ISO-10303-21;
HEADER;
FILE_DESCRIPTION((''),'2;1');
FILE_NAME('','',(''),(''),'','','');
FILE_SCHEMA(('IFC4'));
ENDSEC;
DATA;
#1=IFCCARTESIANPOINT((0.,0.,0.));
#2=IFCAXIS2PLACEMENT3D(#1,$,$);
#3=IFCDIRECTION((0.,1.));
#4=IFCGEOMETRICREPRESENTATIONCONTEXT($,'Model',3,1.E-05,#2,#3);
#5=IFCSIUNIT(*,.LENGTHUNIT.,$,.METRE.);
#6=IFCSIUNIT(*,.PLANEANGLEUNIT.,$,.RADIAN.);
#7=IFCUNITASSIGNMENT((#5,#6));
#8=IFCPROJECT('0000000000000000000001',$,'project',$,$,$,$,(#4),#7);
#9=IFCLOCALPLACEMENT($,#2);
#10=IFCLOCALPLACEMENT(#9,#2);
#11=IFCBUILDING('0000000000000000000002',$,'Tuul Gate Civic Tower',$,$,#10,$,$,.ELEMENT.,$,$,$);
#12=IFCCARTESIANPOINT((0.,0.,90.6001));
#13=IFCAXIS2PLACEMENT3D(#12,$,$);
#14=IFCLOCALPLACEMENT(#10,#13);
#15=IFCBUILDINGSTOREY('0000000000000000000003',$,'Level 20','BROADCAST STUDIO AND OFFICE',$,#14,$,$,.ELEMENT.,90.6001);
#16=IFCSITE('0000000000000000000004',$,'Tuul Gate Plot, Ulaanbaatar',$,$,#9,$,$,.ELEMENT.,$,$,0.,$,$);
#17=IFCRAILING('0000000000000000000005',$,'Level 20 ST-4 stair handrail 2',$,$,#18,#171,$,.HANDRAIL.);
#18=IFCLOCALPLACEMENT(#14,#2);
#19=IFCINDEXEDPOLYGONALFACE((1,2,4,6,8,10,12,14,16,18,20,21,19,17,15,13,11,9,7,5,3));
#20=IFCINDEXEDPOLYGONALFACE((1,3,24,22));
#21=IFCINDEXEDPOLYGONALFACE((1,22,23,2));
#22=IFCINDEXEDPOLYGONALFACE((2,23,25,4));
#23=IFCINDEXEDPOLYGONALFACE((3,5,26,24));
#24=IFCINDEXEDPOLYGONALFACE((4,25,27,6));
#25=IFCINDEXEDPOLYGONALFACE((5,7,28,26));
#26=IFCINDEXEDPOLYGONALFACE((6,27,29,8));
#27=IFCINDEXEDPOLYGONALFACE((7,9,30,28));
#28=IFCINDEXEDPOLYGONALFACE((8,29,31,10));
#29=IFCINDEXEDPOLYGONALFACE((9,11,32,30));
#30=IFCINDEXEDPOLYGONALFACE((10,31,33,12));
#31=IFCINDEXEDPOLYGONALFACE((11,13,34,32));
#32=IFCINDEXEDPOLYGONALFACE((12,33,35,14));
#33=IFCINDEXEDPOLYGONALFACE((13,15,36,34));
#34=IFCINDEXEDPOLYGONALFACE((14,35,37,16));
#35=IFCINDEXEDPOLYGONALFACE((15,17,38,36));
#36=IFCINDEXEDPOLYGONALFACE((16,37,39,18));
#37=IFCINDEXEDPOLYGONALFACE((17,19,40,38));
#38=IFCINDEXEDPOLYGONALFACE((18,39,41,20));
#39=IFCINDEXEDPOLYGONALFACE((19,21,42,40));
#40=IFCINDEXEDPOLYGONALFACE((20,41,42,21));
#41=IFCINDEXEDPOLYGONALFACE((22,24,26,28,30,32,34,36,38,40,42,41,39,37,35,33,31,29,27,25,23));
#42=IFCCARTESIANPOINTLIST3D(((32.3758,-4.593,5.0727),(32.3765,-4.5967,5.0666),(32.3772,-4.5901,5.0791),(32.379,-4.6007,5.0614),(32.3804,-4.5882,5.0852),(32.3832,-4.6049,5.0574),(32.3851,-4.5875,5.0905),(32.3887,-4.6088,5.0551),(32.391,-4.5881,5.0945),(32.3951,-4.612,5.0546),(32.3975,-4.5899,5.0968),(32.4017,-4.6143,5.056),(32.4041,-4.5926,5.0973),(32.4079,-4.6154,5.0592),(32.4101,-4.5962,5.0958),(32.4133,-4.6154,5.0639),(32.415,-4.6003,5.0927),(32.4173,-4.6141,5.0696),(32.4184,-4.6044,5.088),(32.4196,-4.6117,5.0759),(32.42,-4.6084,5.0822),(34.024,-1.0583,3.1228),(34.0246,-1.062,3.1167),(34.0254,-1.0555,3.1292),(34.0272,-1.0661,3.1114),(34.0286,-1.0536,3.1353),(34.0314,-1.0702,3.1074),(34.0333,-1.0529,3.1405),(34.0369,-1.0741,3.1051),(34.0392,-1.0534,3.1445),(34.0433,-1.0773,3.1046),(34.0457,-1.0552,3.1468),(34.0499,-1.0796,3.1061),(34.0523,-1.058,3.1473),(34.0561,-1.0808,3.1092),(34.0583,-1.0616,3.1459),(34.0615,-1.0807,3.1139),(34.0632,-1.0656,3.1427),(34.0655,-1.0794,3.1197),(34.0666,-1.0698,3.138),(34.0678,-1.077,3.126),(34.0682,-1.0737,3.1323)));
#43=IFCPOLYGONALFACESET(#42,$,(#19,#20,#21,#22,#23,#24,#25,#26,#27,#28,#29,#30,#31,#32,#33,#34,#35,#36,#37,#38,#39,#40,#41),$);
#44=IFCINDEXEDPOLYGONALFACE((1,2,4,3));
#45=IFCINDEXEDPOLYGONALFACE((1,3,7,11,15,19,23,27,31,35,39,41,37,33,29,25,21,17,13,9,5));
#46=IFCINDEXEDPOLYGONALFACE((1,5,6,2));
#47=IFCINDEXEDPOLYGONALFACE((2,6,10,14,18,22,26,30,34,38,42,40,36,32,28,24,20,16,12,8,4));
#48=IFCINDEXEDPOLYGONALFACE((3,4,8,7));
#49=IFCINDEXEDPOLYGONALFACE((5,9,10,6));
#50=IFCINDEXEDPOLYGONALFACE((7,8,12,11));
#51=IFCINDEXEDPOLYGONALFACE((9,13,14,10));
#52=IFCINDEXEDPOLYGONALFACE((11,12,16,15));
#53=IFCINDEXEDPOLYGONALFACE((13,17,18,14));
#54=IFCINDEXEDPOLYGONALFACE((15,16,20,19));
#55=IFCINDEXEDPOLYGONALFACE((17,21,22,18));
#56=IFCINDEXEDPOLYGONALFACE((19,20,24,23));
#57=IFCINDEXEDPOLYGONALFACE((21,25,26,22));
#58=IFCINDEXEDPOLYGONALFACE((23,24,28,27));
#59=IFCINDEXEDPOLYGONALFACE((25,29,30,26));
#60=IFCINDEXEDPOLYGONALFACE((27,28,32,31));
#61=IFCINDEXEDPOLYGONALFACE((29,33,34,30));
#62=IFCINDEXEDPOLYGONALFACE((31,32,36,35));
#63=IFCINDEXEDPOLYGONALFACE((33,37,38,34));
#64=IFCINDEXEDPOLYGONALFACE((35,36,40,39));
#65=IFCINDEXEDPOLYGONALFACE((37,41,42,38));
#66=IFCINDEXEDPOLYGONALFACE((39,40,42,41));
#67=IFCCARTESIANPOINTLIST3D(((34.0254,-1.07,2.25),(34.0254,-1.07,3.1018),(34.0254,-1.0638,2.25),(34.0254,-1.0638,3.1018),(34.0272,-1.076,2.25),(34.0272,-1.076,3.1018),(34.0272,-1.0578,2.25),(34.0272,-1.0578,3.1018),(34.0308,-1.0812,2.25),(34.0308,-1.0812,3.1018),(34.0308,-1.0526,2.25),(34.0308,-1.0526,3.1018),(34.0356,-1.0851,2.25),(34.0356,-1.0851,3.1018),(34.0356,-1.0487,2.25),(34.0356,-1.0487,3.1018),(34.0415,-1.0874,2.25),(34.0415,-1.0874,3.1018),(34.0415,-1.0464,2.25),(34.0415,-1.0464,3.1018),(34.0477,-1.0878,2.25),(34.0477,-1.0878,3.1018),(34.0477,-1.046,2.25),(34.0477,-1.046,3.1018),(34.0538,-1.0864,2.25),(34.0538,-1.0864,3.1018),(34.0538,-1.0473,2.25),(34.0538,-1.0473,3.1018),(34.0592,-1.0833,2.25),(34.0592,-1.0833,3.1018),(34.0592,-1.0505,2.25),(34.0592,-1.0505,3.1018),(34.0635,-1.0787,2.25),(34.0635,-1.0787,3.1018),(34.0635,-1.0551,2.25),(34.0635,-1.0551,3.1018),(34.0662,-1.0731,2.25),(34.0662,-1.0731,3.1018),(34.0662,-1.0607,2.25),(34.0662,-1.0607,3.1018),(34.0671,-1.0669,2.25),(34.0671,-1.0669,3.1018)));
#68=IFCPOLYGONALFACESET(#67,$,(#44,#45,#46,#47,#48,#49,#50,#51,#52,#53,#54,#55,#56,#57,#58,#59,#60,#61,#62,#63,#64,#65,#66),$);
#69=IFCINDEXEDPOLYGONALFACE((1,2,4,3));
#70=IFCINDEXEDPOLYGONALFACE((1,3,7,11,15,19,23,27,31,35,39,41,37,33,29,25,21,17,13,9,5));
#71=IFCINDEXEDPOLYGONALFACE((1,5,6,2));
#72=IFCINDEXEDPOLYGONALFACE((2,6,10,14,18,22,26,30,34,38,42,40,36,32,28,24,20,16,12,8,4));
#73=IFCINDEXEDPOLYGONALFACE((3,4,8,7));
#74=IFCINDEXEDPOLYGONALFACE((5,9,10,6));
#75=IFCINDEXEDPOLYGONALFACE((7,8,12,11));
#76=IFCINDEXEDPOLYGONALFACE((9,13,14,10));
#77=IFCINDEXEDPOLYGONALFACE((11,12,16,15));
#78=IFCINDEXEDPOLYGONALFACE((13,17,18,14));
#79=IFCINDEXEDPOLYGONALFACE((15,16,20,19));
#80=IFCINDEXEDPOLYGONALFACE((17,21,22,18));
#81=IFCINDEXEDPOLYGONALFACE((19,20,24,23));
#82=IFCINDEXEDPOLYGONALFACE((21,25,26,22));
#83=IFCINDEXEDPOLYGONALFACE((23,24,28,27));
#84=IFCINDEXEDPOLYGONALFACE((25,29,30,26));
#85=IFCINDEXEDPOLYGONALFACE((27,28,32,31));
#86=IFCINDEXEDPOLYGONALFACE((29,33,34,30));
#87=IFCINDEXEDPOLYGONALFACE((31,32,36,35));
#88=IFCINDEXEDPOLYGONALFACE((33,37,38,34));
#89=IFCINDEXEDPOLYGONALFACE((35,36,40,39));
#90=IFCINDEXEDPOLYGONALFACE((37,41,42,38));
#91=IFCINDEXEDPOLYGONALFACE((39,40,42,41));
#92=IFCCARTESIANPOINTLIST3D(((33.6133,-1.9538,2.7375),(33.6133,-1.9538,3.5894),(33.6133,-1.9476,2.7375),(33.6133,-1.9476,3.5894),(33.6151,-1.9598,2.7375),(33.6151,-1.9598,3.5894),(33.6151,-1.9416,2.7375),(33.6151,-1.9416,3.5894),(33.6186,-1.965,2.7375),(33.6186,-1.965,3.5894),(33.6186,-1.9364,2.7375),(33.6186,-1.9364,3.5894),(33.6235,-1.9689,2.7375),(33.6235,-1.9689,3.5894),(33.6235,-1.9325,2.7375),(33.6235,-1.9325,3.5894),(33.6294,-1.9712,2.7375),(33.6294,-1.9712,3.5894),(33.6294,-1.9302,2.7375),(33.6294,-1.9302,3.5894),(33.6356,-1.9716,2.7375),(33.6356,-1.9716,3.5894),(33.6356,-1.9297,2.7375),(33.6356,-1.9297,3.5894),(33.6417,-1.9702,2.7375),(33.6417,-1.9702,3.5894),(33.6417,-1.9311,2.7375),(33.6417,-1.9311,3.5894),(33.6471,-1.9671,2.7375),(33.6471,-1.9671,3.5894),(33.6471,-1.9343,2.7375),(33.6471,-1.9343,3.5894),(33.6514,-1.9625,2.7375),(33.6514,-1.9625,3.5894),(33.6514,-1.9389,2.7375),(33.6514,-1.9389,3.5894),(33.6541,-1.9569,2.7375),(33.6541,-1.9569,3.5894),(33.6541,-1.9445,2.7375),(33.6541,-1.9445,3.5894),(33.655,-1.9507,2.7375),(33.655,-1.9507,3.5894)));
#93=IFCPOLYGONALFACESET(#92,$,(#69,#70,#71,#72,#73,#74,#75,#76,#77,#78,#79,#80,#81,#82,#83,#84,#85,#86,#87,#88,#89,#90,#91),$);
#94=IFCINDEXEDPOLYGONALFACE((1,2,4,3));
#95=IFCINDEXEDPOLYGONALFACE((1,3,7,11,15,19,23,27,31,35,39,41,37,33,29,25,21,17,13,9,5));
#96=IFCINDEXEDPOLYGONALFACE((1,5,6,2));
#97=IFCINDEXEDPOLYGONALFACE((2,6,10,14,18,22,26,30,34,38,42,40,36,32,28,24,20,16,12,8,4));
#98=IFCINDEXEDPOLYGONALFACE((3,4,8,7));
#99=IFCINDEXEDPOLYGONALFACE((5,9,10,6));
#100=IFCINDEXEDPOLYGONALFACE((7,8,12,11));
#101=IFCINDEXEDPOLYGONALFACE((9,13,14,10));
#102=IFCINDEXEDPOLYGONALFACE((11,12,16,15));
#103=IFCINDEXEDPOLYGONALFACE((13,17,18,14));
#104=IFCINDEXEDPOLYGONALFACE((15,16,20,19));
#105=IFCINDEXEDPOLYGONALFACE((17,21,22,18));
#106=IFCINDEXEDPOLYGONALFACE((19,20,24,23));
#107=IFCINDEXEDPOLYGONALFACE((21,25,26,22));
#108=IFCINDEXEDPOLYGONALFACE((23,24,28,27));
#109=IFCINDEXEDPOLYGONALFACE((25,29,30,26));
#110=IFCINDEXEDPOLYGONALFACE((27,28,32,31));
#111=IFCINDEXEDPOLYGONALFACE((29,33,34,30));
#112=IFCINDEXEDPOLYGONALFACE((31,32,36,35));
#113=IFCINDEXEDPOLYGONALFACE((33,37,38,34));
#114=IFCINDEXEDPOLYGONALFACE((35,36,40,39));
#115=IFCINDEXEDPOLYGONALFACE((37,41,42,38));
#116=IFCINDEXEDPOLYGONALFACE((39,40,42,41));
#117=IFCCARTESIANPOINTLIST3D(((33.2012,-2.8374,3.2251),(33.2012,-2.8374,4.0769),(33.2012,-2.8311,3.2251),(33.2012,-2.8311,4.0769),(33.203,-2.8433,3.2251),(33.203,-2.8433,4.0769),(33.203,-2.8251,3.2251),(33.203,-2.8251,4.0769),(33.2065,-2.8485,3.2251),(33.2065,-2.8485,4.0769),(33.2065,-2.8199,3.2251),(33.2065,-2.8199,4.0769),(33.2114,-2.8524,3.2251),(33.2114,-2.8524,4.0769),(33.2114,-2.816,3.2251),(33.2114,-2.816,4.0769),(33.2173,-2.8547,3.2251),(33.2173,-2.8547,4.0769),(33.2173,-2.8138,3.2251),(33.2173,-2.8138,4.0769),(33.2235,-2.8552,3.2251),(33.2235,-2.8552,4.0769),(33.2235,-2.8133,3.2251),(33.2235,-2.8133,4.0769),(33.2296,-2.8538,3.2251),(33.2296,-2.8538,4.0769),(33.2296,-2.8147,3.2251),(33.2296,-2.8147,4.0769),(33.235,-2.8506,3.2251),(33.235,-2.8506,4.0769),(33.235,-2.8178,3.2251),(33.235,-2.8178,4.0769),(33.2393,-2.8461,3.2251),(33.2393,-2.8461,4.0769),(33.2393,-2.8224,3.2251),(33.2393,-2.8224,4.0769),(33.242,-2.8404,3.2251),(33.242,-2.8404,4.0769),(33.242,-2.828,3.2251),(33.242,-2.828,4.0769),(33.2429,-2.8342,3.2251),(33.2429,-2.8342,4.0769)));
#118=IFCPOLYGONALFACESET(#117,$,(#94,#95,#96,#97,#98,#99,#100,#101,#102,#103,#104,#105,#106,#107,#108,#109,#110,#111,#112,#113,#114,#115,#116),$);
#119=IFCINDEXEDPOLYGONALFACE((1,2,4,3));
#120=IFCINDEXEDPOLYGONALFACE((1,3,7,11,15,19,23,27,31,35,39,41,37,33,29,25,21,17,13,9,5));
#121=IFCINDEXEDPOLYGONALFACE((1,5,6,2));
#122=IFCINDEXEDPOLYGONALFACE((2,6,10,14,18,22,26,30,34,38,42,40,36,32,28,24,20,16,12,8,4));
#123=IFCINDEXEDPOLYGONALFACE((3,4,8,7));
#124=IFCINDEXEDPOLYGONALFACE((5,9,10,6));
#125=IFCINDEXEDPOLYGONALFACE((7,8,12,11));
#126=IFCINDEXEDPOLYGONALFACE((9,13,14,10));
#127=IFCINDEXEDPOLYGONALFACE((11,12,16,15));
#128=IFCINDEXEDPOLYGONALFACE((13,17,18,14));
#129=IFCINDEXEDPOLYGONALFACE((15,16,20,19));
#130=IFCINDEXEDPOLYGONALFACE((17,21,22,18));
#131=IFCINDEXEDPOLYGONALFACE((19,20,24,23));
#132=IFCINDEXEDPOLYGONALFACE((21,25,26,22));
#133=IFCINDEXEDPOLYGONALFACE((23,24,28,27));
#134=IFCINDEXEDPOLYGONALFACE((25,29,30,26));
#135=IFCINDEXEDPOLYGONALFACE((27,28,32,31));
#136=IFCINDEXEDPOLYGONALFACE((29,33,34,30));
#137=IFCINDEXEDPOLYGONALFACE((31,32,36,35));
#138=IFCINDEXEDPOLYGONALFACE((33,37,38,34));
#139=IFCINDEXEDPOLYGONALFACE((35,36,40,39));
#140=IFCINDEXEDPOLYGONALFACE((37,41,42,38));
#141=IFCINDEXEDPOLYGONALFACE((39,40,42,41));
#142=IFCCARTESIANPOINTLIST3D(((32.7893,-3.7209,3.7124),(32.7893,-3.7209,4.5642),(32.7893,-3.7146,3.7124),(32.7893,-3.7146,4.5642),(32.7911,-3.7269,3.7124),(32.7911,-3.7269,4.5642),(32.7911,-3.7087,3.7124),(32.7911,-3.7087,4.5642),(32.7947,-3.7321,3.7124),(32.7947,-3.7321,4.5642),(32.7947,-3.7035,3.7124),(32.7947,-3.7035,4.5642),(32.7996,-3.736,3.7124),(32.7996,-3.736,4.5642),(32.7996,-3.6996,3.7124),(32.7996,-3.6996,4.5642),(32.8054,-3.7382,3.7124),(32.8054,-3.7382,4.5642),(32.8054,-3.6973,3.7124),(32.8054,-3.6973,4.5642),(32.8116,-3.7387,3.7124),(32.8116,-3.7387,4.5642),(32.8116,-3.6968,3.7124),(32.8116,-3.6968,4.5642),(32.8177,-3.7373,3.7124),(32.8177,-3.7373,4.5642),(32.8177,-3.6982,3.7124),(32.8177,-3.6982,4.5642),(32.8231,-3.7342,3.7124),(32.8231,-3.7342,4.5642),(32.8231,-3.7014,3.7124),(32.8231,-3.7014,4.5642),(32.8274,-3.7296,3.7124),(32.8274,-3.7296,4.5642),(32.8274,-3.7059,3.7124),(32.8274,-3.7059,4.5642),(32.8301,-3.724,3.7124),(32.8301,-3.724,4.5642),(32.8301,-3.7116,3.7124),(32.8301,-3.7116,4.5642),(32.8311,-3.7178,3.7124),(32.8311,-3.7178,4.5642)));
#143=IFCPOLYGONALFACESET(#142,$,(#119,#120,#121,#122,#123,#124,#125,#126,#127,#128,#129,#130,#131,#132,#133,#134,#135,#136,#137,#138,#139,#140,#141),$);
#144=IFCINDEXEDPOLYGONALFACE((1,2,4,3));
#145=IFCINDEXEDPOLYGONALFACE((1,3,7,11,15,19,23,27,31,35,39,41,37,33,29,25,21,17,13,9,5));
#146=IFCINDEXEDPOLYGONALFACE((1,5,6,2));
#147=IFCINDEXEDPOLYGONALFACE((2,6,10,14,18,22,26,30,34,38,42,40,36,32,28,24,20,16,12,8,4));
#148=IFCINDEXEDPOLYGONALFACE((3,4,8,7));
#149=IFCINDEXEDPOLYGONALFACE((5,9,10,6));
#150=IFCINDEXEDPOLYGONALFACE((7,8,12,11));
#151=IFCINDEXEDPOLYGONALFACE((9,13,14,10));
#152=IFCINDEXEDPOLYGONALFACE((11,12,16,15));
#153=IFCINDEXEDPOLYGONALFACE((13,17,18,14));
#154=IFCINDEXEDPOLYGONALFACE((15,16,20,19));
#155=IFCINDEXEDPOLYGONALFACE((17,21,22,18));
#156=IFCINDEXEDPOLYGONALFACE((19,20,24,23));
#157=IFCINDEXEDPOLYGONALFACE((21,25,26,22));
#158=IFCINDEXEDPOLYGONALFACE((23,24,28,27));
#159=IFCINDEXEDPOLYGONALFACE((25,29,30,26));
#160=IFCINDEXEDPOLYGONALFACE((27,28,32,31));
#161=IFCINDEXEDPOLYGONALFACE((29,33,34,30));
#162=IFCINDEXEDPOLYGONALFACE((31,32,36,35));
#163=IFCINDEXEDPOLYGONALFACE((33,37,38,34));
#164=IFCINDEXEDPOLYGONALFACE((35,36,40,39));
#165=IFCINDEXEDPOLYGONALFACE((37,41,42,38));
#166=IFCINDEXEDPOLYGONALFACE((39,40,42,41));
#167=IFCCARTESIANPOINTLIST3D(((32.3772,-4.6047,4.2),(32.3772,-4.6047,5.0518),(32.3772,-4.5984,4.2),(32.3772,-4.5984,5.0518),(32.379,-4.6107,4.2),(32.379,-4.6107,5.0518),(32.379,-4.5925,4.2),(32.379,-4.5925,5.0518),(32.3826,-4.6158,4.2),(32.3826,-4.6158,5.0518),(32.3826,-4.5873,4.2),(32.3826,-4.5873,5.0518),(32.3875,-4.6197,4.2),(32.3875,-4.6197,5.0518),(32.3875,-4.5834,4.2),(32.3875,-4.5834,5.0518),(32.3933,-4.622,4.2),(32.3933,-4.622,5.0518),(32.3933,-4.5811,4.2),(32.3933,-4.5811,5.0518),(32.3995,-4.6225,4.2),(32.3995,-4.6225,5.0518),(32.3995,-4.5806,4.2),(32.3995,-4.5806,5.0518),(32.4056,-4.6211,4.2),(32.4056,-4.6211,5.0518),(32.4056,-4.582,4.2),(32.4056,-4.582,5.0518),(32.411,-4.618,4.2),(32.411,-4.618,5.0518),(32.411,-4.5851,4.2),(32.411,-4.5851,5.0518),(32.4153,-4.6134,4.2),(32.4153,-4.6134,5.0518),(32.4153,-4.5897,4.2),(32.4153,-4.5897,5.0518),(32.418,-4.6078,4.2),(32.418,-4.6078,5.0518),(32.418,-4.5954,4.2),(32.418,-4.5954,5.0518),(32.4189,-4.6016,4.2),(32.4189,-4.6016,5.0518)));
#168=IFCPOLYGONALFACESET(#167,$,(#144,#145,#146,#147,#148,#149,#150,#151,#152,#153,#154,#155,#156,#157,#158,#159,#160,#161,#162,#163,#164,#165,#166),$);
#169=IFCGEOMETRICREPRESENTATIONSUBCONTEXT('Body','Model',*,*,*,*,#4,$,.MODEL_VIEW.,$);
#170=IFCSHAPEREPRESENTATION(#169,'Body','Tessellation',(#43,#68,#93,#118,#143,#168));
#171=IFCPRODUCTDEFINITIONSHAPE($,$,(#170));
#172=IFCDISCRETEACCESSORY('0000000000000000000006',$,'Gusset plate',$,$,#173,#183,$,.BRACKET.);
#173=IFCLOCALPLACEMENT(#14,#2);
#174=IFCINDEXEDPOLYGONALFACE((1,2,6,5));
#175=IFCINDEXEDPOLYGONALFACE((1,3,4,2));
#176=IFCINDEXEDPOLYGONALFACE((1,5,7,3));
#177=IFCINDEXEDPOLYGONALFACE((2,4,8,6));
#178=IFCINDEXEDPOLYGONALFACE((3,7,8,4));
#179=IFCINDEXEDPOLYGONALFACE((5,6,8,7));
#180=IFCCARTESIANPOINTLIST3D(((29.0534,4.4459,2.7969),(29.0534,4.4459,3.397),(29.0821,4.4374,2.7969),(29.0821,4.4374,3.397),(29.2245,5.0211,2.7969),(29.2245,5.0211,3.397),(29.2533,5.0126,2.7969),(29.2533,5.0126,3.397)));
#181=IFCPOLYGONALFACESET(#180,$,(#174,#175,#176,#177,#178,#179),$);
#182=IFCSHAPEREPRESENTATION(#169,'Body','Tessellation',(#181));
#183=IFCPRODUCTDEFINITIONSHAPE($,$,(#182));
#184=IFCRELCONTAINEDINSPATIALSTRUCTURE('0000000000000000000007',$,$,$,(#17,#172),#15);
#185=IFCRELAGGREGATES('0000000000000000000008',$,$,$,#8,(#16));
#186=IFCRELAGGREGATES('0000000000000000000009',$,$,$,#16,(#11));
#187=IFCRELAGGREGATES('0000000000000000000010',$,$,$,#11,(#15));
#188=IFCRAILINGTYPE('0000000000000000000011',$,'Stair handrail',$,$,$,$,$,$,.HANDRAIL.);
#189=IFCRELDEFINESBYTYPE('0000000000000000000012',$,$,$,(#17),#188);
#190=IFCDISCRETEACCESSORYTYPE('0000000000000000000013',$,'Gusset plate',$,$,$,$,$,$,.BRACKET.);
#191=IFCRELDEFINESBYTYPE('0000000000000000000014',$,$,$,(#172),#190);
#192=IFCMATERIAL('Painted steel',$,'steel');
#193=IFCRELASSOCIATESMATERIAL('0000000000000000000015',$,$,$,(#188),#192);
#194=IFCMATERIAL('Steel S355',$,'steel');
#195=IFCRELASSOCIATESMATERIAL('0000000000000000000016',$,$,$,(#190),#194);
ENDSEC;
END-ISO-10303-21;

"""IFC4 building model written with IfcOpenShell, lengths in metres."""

from ifc_helpers import new_model, si_unit, direction, frame, origin, origin_2d, place, context, subcontext, project, spatial, rectangle, circle, extrude, material, type_object, element, save


model = new_model("IFC4")

# Units and contexts
model_context = context("Model", 3, precision=1e-05, world=origin(), true_north=direction((0.0, 1.0)))
body_context = subcontext(model_context, "Body", "Model", "MODEL_VIEW")
ifc_project = project(units=[si_unit("LENGTHUNIT", "METRE"), si_unit("PLANEANGLEUNIT", "RADIAN")], contexts=[model_context])

# Site, building, storey
site_placement = place(None, origin())
site = spatial("IfcSite", under=ifc_project, at=site_placement, Name="Tuul Gate Plot, Ulaanbaatar", CompositionType="ELEMENT", RefElevation=0.0)
building_placement = place(site_placement, origin())
building = spatial("IfcBuilding", under=site, at=building_placement, Name="Tuul Gate Civic Tower", CompositionType="ELEMENT")
storey_placement = place(building_placement, frame((0.0, 0.0, 90.6001)))
storey = spatial("IfcBuildingStorey", under=building, at=storey_placement, Name="Level 20", Description="BROADCAST STUDIO AND OFFICE", CompositionType="ELEMENT", Elevation=90.6001)

# Railing
ifc_material_1 = material(Name="Painted steel", Category="steel")
railing_type = type_object("IfcRailingType", Name="Stair handrail", PredefinedType="HANDRAIL", material=ifc_material_1)
railing_placement = place(storey_placement, frame((34.0461, -1.0669, 2.25)))
element("IfcRailing", 1, at=railing_placement, inside=storey, type_object=railing_type, Name="Level 20 ST-4 stair handrail 2", PredefinedType="HANDRAIL", context=body_context, shape_type="SweptSolid", body=[
    extrude(circle(Radius=0.0239, at=origin_2d()), frame((0.0, 0.0, 0.876), z_axis=(-0.377995, -0.810637, 0.4472), x_axis=(0.906313, -0.422608, 0.0)), (0.0, 0.0, 1.0), 4.3604),
    extrude(circle(Radius=0.021, at=origin_2d()), origin(), (0.0, 0.0, 1.0), 0.8518),
    extrude(circle(Radius=0.021, at=origin_2d()), frame((-0.4121, -0.8838, 0.4875)), (0.0, 0.0, 1.0), 0.8518),
    extrude(circle(Radius=0.021, at=origin_2d()), frame((-0.8242, -1.7673, 0.9751)), (0.0, 0.0, 1.0), 0.8518),
    extrude(circle(Radius=0.021, at=origin_2d()), frame((-1.2361, -2.6509, 1.4624)), (0.0, 0.0, 1.0), 0.8518),
    extrude(circle(Radius=0.021, at=origin_2d()), frame((-1.6482, -3.5347, 1.95)), (0.0, 0.0, 1.0), 0.8518),
])

# Discrete accessory
ifc_material_2 = material(Name="Steel S355", Category="steel")
discrete_accessory_type = type_object("IfcDiscreteAccessoryType", Name="Gusset plate", PredefinedType="BRACKET", material=ifc_material_2)
discrete_accessory_placement = place(storey_placement, frame((29.1533, 4.7292, 2.7969), z_axis=(0.0, 0.0, 1.0), x_axis=(0.285169, 0.958477, 0.0)))
element("IfcDiscreteAccessory", 2, at=discrete_accessory_placement, inside=storey, type_object=discrete_accessory_type, Name="Gusset plate", PredefinedType="BRACKET", context=body_context, shape_type="SweptSolid", body=[
    extrude(rectangle(XDim=0.6001, YDim=0.03, at=origin_2d()), origin(), (0.0, 0.0, 1.0), 0.6001),
])

save(model, "model.ifc")
